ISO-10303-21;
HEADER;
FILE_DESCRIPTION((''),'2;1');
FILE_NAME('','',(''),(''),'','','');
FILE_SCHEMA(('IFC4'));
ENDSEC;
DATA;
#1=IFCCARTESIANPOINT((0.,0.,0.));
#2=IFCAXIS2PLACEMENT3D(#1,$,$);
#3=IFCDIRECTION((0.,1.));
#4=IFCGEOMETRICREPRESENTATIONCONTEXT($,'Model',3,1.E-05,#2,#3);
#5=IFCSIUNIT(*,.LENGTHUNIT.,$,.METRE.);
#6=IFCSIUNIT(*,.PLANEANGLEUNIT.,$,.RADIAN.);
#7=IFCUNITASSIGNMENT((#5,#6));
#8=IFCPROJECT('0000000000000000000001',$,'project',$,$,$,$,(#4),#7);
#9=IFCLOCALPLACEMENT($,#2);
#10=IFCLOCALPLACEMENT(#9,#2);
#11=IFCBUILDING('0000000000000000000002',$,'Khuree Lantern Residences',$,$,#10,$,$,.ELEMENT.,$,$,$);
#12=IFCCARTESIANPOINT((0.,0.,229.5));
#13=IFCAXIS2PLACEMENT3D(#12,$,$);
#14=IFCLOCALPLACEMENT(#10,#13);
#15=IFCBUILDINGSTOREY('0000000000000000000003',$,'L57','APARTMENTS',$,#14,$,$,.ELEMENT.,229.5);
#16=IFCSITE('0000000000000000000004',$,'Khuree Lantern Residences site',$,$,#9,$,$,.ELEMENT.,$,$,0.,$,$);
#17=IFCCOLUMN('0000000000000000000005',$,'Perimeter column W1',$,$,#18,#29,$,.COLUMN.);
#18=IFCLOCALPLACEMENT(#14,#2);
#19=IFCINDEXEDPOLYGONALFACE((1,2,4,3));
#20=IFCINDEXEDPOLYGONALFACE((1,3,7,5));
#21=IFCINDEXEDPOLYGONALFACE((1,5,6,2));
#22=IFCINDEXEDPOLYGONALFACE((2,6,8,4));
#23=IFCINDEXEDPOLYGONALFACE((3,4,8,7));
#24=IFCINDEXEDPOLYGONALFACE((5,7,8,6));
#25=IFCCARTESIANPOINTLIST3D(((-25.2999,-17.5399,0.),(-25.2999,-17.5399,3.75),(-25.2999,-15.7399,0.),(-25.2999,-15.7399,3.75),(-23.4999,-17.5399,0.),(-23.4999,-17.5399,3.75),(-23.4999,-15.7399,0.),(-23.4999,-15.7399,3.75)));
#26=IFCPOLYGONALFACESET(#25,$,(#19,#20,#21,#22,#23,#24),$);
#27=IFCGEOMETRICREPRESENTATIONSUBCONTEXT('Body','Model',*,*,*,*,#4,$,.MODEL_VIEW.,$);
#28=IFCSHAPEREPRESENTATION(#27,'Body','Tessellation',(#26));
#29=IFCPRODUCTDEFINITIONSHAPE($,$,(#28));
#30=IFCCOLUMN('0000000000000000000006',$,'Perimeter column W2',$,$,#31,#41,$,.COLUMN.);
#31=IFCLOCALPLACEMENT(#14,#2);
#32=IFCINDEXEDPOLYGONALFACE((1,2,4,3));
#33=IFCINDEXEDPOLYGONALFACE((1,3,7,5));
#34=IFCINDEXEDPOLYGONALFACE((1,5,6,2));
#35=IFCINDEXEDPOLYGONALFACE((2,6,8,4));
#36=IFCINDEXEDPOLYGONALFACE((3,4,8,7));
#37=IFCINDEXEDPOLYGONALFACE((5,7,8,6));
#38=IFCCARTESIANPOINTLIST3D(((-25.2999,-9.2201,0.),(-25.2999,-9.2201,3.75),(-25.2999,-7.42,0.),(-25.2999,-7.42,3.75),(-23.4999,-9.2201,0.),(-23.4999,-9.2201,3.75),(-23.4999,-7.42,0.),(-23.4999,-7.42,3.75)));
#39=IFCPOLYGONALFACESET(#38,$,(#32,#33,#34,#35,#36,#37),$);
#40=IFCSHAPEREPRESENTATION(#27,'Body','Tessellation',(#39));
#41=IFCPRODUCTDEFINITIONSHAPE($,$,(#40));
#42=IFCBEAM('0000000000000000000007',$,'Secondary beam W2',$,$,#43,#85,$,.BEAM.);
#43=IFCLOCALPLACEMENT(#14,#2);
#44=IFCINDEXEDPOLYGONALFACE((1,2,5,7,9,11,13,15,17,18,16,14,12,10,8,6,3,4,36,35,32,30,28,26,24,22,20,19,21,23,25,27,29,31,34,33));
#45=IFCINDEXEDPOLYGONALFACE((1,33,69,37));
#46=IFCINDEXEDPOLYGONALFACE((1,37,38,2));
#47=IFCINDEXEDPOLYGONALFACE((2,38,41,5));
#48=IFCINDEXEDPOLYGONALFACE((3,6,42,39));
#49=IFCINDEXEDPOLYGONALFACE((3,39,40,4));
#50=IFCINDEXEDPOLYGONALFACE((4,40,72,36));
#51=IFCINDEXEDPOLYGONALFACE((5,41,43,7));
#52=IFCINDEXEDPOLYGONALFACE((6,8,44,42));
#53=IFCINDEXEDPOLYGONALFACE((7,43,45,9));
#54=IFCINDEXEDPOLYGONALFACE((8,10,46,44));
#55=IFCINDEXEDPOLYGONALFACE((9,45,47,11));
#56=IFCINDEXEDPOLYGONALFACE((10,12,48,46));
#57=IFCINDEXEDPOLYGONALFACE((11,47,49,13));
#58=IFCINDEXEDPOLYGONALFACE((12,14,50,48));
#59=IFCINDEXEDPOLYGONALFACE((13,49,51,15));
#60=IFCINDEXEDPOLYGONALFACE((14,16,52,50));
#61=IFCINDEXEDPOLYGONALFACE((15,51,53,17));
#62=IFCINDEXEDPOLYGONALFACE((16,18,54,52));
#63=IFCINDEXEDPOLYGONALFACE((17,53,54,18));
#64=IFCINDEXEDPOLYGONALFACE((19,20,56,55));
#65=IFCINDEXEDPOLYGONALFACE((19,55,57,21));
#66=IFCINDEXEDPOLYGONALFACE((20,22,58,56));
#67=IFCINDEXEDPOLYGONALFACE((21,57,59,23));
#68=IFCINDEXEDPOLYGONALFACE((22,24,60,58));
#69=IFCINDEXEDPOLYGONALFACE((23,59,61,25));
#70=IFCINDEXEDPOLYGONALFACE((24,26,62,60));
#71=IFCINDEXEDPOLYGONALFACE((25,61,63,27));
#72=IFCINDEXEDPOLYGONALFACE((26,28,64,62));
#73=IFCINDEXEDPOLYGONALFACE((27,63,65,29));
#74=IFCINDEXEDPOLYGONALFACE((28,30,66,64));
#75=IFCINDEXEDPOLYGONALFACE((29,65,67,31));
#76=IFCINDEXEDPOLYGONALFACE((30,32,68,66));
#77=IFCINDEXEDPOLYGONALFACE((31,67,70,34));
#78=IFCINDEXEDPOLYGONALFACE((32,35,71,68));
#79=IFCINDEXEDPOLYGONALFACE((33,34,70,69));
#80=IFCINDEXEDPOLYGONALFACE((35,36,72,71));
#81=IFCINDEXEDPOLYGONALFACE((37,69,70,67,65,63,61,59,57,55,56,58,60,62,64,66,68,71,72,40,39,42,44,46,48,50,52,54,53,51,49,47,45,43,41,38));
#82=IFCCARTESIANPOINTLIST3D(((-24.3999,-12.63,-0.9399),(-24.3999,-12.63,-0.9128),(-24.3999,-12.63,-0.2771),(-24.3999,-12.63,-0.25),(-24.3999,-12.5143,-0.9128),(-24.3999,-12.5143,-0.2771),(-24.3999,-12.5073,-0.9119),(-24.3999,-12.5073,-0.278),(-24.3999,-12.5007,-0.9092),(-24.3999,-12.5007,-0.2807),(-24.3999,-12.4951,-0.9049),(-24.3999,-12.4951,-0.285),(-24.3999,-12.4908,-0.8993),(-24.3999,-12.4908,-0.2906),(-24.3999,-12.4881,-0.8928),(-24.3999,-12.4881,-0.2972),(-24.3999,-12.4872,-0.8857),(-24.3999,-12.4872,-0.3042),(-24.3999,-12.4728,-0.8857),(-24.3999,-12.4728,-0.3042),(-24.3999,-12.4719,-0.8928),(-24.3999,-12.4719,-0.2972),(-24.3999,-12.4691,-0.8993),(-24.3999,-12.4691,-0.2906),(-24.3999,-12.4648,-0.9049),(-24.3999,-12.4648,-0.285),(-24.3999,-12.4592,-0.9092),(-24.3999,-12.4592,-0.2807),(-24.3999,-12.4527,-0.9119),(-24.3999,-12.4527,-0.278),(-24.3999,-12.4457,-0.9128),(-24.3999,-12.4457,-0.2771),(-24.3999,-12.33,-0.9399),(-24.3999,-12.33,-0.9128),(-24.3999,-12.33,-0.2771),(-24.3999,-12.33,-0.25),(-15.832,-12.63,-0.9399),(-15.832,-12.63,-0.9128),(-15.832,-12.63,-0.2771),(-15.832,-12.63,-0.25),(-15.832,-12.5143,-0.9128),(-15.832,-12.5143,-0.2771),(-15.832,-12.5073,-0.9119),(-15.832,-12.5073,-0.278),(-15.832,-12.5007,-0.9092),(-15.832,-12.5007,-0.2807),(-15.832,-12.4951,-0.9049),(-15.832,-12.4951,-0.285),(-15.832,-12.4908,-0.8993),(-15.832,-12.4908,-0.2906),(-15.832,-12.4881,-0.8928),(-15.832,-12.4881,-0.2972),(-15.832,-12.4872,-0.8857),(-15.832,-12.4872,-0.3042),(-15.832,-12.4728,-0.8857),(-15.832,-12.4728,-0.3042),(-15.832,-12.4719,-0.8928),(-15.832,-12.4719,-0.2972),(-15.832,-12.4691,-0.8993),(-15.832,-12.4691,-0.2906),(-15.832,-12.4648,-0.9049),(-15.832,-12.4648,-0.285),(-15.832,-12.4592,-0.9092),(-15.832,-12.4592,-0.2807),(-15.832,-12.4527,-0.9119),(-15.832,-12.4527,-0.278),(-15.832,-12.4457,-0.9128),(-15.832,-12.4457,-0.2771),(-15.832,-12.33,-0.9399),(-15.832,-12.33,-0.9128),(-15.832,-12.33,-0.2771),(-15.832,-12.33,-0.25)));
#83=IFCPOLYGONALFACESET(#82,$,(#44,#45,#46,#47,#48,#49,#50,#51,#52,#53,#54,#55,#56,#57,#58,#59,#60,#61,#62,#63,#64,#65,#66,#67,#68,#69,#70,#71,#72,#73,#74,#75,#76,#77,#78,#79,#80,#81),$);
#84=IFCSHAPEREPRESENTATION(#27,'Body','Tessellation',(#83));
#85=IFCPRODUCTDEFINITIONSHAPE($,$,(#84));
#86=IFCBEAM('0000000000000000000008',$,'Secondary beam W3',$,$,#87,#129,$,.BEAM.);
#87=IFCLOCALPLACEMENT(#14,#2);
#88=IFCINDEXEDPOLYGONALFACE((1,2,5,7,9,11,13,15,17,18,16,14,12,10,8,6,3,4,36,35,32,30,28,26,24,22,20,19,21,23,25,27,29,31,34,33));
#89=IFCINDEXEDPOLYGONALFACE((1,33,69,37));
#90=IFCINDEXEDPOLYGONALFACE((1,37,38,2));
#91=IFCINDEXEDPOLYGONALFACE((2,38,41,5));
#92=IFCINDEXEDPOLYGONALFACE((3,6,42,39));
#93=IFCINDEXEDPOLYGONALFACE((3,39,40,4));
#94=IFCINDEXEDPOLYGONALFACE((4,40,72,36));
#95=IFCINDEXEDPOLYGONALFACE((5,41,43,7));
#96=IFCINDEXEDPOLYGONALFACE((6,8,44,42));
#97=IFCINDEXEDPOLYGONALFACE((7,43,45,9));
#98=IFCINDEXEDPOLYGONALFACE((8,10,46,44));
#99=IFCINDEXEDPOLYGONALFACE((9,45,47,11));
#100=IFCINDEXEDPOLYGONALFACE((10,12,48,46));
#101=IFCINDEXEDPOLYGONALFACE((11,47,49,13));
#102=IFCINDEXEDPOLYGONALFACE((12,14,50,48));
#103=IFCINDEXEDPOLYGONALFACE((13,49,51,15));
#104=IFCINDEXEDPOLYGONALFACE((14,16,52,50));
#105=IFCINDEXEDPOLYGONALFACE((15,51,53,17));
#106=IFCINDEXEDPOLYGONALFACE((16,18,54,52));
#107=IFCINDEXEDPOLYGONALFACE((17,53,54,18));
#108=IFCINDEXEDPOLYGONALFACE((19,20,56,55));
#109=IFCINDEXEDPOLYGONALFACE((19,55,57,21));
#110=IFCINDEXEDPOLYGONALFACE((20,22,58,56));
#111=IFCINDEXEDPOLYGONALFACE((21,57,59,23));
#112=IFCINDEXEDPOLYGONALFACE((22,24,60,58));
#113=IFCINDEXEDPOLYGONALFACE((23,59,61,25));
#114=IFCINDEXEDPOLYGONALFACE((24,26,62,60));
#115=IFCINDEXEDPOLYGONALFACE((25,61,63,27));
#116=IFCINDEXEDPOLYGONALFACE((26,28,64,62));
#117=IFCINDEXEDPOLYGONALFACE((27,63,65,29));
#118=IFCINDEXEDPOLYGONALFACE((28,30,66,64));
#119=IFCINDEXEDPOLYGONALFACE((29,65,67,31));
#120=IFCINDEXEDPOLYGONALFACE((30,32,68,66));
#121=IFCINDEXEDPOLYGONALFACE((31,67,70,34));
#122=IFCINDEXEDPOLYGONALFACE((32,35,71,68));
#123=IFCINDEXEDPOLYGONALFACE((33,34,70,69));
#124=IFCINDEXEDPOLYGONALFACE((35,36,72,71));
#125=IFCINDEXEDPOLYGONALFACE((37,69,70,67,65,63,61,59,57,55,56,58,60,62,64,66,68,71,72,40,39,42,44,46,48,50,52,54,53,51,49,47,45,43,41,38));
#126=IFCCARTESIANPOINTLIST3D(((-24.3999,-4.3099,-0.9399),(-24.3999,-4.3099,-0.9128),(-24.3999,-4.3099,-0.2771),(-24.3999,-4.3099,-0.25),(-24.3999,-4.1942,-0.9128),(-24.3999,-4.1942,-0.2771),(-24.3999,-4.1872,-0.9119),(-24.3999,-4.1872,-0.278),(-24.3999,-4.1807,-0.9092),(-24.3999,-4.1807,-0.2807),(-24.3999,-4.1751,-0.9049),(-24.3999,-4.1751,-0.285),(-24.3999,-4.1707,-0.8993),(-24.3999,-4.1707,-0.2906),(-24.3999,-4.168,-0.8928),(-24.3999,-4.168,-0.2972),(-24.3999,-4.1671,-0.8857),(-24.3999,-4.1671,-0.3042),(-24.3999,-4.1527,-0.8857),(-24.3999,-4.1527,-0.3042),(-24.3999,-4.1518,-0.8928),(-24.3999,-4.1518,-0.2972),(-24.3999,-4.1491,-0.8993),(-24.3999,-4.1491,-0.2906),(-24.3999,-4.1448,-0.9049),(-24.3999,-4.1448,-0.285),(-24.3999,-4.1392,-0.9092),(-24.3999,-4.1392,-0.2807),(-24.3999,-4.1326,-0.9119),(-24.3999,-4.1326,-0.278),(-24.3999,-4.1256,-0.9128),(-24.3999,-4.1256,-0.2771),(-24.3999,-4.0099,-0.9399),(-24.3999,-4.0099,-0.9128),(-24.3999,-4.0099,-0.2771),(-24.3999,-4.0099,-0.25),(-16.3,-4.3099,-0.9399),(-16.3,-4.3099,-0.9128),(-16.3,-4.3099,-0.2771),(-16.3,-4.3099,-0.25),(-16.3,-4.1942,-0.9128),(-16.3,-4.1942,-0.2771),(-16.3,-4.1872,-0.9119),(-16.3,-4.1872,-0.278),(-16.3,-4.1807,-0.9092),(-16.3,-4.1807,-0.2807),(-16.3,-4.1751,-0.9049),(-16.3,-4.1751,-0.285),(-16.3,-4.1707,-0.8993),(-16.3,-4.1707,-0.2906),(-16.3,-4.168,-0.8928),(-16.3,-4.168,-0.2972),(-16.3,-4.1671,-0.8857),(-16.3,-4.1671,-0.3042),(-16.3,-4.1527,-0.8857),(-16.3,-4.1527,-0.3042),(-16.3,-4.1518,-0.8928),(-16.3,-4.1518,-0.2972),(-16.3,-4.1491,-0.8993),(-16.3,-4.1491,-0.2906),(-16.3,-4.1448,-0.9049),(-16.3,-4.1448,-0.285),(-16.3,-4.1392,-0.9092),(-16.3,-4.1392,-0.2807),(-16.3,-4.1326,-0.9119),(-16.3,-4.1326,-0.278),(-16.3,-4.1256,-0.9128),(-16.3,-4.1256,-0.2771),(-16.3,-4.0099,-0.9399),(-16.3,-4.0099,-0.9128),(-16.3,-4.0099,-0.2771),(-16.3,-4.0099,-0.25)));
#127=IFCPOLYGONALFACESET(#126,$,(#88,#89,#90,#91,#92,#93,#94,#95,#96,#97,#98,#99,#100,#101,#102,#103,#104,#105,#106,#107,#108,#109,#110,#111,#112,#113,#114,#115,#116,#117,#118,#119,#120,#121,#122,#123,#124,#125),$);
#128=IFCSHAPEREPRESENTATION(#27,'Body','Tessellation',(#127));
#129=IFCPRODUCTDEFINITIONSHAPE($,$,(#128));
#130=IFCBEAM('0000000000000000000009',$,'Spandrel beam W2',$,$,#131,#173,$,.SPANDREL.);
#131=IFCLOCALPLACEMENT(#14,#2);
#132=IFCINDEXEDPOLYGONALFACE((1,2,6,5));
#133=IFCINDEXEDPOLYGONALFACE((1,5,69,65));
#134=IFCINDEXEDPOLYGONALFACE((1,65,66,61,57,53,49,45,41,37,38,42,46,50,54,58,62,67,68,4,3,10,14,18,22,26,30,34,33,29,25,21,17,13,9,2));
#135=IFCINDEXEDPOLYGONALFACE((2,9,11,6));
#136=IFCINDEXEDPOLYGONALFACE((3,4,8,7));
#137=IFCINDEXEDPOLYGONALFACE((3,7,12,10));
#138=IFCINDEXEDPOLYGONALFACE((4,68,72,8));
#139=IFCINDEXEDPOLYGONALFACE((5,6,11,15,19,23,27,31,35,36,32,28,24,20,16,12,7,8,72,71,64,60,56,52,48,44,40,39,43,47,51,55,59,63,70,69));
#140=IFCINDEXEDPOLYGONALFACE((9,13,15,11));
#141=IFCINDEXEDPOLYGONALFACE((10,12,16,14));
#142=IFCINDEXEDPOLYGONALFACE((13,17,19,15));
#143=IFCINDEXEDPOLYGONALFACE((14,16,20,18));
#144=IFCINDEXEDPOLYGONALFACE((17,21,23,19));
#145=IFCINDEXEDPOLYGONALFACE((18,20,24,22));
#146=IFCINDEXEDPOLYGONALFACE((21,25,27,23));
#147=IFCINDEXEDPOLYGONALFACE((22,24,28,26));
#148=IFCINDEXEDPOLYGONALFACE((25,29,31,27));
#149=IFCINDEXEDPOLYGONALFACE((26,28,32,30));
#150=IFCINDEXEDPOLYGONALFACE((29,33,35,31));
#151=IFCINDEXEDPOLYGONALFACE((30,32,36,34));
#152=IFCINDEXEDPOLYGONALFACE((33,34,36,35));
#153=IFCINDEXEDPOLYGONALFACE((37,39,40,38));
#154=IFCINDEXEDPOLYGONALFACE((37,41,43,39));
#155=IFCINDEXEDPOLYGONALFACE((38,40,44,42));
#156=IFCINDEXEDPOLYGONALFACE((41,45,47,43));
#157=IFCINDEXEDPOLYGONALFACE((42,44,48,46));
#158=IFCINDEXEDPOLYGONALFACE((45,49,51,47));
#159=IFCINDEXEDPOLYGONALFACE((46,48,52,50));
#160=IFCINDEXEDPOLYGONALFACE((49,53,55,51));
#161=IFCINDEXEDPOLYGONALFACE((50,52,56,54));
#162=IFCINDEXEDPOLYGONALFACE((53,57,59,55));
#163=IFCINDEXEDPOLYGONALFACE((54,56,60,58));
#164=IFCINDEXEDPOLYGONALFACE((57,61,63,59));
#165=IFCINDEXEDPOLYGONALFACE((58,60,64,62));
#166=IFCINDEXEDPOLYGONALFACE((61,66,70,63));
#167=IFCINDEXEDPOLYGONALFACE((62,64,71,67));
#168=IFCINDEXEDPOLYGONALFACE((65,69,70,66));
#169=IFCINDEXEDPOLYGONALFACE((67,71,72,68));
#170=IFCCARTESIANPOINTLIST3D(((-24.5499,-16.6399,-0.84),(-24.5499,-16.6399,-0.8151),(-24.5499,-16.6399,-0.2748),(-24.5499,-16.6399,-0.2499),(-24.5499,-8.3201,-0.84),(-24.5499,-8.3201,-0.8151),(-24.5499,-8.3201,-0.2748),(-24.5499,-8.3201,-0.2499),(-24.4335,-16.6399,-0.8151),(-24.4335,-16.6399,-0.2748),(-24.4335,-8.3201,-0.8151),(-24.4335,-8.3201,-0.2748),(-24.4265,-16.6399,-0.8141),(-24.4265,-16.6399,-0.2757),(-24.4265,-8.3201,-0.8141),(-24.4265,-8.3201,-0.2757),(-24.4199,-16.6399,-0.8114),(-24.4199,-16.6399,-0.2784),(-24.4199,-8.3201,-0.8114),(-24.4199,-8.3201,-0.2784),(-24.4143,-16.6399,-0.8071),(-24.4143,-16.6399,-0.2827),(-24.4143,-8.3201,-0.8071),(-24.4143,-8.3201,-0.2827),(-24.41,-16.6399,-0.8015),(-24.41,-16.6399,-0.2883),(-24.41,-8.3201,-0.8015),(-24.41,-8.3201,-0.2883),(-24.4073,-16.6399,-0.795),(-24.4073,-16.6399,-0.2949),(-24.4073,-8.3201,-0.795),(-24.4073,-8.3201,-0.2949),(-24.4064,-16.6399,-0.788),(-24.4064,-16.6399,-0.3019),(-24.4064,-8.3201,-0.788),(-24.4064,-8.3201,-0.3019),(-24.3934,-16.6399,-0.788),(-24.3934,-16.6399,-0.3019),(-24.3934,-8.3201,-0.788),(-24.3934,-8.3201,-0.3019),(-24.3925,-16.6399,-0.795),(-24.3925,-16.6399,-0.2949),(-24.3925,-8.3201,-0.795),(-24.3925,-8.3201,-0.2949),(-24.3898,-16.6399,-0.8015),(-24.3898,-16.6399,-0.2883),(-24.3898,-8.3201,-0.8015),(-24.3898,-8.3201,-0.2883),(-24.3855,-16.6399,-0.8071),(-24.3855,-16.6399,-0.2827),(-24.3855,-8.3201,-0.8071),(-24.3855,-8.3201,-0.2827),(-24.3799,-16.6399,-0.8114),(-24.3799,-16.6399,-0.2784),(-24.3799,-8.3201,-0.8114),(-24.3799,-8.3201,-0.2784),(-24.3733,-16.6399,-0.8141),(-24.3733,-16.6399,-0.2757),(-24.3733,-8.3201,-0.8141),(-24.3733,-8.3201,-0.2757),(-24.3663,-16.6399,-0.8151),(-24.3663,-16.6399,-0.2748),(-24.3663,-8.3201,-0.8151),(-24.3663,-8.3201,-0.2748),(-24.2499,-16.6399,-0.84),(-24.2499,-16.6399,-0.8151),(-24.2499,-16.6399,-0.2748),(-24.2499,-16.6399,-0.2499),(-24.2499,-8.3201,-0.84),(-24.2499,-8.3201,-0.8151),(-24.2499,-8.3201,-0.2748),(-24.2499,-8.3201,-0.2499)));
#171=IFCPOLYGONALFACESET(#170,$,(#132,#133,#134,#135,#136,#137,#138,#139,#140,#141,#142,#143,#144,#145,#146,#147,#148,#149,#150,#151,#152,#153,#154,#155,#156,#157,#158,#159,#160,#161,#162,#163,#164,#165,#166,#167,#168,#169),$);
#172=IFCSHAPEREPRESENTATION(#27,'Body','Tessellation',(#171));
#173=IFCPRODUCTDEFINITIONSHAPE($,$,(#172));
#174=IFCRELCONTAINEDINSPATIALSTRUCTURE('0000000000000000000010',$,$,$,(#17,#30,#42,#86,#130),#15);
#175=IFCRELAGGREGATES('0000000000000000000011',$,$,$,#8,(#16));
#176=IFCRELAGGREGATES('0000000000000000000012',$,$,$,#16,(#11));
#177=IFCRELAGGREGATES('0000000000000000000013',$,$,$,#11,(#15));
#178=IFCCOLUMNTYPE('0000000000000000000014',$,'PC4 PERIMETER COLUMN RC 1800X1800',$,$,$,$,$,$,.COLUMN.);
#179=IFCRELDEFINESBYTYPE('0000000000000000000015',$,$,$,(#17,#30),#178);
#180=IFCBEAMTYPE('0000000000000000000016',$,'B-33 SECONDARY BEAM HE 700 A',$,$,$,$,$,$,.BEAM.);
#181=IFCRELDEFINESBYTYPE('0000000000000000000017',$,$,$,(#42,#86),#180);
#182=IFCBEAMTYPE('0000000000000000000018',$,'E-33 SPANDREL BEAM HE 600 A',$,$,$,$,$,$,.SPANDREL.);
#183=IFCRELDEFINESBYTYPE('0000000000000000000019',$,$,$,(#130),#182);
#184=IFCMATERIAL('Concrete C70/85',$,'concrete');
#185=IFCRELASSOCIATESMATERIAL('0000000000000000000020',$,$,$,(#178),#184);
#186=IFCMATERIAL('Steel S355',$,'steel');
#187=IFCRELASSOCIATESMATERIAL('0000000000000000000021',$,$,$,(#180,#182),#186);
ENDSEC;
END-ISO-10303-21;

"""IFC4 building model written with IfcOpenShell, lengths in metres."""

from ifc_helpers import new_model, si_unit, direction, frame, origin, origin_2d, place, context, subcontext, project, spatial, rectangle, i_section, extrude, material, material_profile, profile_set, type_object, element, save


model = new_model("IFC4")

# Units and contexts
model_context = context("Model", 3, precision=1e-05, world=origin(), true_north=direction((0.0, 1.0)))
body_context = subcontext(model_context, "Body", "Model", "MODEL_VIEW")
ifc_project = project(units=[si_unit("LENGTHUNIT", "METRE"), si_unit("PLANEANGLEUNIT", "RADIAN")], contexts=[model_context])

# Site, building, storey
site_placement = place(None, origin())
site = spatial("IfcSite", under=ifc_project, at=site_placement, Name="Khuree Lantern Residences site", CompositionType="ELEMENT", RefElevation=0.0)
building_placement = place(site_placement, origin())
building = spatial("IfcBuilding", under=site, at=building_placement, Name="Khuree Lantern Residences", CompositionType="ELEMENT")
storey_placement = place(building_placement, frame((0.0, 0.0, 229.5)))
storey = spatial("IfcBuildingStorey", under=building, at=storey_placement, Name="L57", Description="APARTMENTS", CompositionType="ELEMENT", Elevation=229.5)

# Columns
ifc_material_1 = material(Name="Concrete C70/85", Category="concrete")
ifc_material_profile_1 = material_profile(ifc_material_1, rectangle(XDim=1.8, YDim=1.8, at=origin_2d()), Name="RC 1800X1800")
ifc_profile_set_1 = profile_set([ifc_material_profile_1], Name="Concrete C70/85")
column_type = type_object("IfcColumnType", Name="PC4 PERIMETER COLUMN RC 1800X1800", PredefinedType="COLUMN", material=ifc_profile_set_1)
for number, where, z_axis, x_axis, name in (
    (1, (-24.3999, -16.6399, 0.0), (0.0, 0.0, 1.0), (0.0, 1.0, 0.0), "Perimeter column W1"),
    (2, (-24.3999, -8.3201, 0.0), (0.0, 0.0, 1.0), (0.0, 1.0, 0.0), "Perimeter column W2"),
):
    element("IfcColumn", number, at=place(storey_placement, frame(where, z_axis=z_axis, x_axis=x_axis)), inside=storey, type_object=column_type, Name=name, PredefinedType="COLUMN", context=body_context, shape_type="SweptSolid", body=[
        extrude(rectangle(XDim=1.8, YDim=1.8, at=origin_2d()), origin(), (0.0, 0.0, 1.0), 3.75),
    ])

# Beams
ifc_material_2 = material(Name="Steel S355", Category="steel")
ifc_material_profile_2 = material_profile(ifc_material_2, i_section(OverallWidth=0.3, OverallDepth=0.6899, WebThickness=0.0144, FlangeThickness=0.0271, FilletRadius=0.0271, at=origin_2d()), Name="HE 700 A")
ifc_profile_set_2 = profile_set([ifc_material_profile_2], Name="Steel S355")
beam_type_1 = type_object("IfcBeamType", Name="B-33 SECONDARY BEAM HE 700 A", PredefinedType="BEAM", material=ifc_profile_set_2)
beam_1_placement = place(storey_placement, frame((-24.3999, -12.48, -0.595), z_axis=(1.0, 0.0, 0.0), x_axis=(0.0, 1.0, 0.0)))
element("IfcBeam", 3, at=beam_1_placement, inside=storey, type_object=beam_type_1, Name="Secondary beam W2", PredefinedType="BEAM", context=body_context, shape_type="SweptSolid", body=[
    extrude(i_section(OverallWidth=0.3, OverallDepth=0.6899, WebThickness=0.0144, FlangeThickness=0.0271, FilletRadius=0.0271, at=origin_2d()), origin(), (0.0, 0.0, 1.0), 8.5679),
])
beam_2_placement = place(storey_placement, frame((-24.3999, -4.1599, -0.595), z_axis=(1.0, 0.0, 0.0), x_axis=(0.0, 1.0, 0.0)))
element("IfcBeam", 4, at=beam_2_placement, inside=storey, type_object=beam_type_1, Name="Secondary beam W3", PredefinedType="BEAM", context=body_context, shape_type="SweptSolid", body=[
    extrude(i_section(OverallWidth=0.3, OverallDepth=0.6899, WebThickness=0.0144, FlangeThickness=0.0271, FilletRadius=0.0271, at=origin_2d()), origin(), (0.0, 0.0, 1.0), 8.0999),
])
ifc_material_profile_3 = material_profile(ifc_material_2, i_section(OverallWidth=0.3, OverallDepth=0.5901, WebThickness=0.0129, FlangeThickness=0.0249, FilletRadius=0.0271, at=origin_2d()), Name="HE 600 A")
ifc_profile_set_3 = profile_set([ifc_material_profile_3], Name="Steel S355")
beam_type_2 = type_object("IfcBeamType", Name="E-33 SPANDREL BEAM HE 600 A", PredefinedType="SPANDREL", material=ifc_profile_set_3)
beam_3_placement = place(storey_placement, frame((-24.3999, -16.6399, -0.5449), z_axis=(0.0, 1.0, 0.0), x_axis=(-1.0, 0.0, 0.0)))
element("IfcBeam", 5, at=beam_3_placement, inside=storey, type_object=beam_type_2, Name="Spandrel beam W2", PredefinedType="SPANDREL", context=body_context, shape_type="SweptSolid", body=[
    extrude(i_section(OverallWidth=0.3, OverallDepth=0.5901, WebThickness=0.0129, FlangeThickness=0.0249, FilletRadius=0.0271, at=origin_2d()), origin(), (0.0, 0.0, 1.0), 8.3198),
])

save(model, "model.ifc")
